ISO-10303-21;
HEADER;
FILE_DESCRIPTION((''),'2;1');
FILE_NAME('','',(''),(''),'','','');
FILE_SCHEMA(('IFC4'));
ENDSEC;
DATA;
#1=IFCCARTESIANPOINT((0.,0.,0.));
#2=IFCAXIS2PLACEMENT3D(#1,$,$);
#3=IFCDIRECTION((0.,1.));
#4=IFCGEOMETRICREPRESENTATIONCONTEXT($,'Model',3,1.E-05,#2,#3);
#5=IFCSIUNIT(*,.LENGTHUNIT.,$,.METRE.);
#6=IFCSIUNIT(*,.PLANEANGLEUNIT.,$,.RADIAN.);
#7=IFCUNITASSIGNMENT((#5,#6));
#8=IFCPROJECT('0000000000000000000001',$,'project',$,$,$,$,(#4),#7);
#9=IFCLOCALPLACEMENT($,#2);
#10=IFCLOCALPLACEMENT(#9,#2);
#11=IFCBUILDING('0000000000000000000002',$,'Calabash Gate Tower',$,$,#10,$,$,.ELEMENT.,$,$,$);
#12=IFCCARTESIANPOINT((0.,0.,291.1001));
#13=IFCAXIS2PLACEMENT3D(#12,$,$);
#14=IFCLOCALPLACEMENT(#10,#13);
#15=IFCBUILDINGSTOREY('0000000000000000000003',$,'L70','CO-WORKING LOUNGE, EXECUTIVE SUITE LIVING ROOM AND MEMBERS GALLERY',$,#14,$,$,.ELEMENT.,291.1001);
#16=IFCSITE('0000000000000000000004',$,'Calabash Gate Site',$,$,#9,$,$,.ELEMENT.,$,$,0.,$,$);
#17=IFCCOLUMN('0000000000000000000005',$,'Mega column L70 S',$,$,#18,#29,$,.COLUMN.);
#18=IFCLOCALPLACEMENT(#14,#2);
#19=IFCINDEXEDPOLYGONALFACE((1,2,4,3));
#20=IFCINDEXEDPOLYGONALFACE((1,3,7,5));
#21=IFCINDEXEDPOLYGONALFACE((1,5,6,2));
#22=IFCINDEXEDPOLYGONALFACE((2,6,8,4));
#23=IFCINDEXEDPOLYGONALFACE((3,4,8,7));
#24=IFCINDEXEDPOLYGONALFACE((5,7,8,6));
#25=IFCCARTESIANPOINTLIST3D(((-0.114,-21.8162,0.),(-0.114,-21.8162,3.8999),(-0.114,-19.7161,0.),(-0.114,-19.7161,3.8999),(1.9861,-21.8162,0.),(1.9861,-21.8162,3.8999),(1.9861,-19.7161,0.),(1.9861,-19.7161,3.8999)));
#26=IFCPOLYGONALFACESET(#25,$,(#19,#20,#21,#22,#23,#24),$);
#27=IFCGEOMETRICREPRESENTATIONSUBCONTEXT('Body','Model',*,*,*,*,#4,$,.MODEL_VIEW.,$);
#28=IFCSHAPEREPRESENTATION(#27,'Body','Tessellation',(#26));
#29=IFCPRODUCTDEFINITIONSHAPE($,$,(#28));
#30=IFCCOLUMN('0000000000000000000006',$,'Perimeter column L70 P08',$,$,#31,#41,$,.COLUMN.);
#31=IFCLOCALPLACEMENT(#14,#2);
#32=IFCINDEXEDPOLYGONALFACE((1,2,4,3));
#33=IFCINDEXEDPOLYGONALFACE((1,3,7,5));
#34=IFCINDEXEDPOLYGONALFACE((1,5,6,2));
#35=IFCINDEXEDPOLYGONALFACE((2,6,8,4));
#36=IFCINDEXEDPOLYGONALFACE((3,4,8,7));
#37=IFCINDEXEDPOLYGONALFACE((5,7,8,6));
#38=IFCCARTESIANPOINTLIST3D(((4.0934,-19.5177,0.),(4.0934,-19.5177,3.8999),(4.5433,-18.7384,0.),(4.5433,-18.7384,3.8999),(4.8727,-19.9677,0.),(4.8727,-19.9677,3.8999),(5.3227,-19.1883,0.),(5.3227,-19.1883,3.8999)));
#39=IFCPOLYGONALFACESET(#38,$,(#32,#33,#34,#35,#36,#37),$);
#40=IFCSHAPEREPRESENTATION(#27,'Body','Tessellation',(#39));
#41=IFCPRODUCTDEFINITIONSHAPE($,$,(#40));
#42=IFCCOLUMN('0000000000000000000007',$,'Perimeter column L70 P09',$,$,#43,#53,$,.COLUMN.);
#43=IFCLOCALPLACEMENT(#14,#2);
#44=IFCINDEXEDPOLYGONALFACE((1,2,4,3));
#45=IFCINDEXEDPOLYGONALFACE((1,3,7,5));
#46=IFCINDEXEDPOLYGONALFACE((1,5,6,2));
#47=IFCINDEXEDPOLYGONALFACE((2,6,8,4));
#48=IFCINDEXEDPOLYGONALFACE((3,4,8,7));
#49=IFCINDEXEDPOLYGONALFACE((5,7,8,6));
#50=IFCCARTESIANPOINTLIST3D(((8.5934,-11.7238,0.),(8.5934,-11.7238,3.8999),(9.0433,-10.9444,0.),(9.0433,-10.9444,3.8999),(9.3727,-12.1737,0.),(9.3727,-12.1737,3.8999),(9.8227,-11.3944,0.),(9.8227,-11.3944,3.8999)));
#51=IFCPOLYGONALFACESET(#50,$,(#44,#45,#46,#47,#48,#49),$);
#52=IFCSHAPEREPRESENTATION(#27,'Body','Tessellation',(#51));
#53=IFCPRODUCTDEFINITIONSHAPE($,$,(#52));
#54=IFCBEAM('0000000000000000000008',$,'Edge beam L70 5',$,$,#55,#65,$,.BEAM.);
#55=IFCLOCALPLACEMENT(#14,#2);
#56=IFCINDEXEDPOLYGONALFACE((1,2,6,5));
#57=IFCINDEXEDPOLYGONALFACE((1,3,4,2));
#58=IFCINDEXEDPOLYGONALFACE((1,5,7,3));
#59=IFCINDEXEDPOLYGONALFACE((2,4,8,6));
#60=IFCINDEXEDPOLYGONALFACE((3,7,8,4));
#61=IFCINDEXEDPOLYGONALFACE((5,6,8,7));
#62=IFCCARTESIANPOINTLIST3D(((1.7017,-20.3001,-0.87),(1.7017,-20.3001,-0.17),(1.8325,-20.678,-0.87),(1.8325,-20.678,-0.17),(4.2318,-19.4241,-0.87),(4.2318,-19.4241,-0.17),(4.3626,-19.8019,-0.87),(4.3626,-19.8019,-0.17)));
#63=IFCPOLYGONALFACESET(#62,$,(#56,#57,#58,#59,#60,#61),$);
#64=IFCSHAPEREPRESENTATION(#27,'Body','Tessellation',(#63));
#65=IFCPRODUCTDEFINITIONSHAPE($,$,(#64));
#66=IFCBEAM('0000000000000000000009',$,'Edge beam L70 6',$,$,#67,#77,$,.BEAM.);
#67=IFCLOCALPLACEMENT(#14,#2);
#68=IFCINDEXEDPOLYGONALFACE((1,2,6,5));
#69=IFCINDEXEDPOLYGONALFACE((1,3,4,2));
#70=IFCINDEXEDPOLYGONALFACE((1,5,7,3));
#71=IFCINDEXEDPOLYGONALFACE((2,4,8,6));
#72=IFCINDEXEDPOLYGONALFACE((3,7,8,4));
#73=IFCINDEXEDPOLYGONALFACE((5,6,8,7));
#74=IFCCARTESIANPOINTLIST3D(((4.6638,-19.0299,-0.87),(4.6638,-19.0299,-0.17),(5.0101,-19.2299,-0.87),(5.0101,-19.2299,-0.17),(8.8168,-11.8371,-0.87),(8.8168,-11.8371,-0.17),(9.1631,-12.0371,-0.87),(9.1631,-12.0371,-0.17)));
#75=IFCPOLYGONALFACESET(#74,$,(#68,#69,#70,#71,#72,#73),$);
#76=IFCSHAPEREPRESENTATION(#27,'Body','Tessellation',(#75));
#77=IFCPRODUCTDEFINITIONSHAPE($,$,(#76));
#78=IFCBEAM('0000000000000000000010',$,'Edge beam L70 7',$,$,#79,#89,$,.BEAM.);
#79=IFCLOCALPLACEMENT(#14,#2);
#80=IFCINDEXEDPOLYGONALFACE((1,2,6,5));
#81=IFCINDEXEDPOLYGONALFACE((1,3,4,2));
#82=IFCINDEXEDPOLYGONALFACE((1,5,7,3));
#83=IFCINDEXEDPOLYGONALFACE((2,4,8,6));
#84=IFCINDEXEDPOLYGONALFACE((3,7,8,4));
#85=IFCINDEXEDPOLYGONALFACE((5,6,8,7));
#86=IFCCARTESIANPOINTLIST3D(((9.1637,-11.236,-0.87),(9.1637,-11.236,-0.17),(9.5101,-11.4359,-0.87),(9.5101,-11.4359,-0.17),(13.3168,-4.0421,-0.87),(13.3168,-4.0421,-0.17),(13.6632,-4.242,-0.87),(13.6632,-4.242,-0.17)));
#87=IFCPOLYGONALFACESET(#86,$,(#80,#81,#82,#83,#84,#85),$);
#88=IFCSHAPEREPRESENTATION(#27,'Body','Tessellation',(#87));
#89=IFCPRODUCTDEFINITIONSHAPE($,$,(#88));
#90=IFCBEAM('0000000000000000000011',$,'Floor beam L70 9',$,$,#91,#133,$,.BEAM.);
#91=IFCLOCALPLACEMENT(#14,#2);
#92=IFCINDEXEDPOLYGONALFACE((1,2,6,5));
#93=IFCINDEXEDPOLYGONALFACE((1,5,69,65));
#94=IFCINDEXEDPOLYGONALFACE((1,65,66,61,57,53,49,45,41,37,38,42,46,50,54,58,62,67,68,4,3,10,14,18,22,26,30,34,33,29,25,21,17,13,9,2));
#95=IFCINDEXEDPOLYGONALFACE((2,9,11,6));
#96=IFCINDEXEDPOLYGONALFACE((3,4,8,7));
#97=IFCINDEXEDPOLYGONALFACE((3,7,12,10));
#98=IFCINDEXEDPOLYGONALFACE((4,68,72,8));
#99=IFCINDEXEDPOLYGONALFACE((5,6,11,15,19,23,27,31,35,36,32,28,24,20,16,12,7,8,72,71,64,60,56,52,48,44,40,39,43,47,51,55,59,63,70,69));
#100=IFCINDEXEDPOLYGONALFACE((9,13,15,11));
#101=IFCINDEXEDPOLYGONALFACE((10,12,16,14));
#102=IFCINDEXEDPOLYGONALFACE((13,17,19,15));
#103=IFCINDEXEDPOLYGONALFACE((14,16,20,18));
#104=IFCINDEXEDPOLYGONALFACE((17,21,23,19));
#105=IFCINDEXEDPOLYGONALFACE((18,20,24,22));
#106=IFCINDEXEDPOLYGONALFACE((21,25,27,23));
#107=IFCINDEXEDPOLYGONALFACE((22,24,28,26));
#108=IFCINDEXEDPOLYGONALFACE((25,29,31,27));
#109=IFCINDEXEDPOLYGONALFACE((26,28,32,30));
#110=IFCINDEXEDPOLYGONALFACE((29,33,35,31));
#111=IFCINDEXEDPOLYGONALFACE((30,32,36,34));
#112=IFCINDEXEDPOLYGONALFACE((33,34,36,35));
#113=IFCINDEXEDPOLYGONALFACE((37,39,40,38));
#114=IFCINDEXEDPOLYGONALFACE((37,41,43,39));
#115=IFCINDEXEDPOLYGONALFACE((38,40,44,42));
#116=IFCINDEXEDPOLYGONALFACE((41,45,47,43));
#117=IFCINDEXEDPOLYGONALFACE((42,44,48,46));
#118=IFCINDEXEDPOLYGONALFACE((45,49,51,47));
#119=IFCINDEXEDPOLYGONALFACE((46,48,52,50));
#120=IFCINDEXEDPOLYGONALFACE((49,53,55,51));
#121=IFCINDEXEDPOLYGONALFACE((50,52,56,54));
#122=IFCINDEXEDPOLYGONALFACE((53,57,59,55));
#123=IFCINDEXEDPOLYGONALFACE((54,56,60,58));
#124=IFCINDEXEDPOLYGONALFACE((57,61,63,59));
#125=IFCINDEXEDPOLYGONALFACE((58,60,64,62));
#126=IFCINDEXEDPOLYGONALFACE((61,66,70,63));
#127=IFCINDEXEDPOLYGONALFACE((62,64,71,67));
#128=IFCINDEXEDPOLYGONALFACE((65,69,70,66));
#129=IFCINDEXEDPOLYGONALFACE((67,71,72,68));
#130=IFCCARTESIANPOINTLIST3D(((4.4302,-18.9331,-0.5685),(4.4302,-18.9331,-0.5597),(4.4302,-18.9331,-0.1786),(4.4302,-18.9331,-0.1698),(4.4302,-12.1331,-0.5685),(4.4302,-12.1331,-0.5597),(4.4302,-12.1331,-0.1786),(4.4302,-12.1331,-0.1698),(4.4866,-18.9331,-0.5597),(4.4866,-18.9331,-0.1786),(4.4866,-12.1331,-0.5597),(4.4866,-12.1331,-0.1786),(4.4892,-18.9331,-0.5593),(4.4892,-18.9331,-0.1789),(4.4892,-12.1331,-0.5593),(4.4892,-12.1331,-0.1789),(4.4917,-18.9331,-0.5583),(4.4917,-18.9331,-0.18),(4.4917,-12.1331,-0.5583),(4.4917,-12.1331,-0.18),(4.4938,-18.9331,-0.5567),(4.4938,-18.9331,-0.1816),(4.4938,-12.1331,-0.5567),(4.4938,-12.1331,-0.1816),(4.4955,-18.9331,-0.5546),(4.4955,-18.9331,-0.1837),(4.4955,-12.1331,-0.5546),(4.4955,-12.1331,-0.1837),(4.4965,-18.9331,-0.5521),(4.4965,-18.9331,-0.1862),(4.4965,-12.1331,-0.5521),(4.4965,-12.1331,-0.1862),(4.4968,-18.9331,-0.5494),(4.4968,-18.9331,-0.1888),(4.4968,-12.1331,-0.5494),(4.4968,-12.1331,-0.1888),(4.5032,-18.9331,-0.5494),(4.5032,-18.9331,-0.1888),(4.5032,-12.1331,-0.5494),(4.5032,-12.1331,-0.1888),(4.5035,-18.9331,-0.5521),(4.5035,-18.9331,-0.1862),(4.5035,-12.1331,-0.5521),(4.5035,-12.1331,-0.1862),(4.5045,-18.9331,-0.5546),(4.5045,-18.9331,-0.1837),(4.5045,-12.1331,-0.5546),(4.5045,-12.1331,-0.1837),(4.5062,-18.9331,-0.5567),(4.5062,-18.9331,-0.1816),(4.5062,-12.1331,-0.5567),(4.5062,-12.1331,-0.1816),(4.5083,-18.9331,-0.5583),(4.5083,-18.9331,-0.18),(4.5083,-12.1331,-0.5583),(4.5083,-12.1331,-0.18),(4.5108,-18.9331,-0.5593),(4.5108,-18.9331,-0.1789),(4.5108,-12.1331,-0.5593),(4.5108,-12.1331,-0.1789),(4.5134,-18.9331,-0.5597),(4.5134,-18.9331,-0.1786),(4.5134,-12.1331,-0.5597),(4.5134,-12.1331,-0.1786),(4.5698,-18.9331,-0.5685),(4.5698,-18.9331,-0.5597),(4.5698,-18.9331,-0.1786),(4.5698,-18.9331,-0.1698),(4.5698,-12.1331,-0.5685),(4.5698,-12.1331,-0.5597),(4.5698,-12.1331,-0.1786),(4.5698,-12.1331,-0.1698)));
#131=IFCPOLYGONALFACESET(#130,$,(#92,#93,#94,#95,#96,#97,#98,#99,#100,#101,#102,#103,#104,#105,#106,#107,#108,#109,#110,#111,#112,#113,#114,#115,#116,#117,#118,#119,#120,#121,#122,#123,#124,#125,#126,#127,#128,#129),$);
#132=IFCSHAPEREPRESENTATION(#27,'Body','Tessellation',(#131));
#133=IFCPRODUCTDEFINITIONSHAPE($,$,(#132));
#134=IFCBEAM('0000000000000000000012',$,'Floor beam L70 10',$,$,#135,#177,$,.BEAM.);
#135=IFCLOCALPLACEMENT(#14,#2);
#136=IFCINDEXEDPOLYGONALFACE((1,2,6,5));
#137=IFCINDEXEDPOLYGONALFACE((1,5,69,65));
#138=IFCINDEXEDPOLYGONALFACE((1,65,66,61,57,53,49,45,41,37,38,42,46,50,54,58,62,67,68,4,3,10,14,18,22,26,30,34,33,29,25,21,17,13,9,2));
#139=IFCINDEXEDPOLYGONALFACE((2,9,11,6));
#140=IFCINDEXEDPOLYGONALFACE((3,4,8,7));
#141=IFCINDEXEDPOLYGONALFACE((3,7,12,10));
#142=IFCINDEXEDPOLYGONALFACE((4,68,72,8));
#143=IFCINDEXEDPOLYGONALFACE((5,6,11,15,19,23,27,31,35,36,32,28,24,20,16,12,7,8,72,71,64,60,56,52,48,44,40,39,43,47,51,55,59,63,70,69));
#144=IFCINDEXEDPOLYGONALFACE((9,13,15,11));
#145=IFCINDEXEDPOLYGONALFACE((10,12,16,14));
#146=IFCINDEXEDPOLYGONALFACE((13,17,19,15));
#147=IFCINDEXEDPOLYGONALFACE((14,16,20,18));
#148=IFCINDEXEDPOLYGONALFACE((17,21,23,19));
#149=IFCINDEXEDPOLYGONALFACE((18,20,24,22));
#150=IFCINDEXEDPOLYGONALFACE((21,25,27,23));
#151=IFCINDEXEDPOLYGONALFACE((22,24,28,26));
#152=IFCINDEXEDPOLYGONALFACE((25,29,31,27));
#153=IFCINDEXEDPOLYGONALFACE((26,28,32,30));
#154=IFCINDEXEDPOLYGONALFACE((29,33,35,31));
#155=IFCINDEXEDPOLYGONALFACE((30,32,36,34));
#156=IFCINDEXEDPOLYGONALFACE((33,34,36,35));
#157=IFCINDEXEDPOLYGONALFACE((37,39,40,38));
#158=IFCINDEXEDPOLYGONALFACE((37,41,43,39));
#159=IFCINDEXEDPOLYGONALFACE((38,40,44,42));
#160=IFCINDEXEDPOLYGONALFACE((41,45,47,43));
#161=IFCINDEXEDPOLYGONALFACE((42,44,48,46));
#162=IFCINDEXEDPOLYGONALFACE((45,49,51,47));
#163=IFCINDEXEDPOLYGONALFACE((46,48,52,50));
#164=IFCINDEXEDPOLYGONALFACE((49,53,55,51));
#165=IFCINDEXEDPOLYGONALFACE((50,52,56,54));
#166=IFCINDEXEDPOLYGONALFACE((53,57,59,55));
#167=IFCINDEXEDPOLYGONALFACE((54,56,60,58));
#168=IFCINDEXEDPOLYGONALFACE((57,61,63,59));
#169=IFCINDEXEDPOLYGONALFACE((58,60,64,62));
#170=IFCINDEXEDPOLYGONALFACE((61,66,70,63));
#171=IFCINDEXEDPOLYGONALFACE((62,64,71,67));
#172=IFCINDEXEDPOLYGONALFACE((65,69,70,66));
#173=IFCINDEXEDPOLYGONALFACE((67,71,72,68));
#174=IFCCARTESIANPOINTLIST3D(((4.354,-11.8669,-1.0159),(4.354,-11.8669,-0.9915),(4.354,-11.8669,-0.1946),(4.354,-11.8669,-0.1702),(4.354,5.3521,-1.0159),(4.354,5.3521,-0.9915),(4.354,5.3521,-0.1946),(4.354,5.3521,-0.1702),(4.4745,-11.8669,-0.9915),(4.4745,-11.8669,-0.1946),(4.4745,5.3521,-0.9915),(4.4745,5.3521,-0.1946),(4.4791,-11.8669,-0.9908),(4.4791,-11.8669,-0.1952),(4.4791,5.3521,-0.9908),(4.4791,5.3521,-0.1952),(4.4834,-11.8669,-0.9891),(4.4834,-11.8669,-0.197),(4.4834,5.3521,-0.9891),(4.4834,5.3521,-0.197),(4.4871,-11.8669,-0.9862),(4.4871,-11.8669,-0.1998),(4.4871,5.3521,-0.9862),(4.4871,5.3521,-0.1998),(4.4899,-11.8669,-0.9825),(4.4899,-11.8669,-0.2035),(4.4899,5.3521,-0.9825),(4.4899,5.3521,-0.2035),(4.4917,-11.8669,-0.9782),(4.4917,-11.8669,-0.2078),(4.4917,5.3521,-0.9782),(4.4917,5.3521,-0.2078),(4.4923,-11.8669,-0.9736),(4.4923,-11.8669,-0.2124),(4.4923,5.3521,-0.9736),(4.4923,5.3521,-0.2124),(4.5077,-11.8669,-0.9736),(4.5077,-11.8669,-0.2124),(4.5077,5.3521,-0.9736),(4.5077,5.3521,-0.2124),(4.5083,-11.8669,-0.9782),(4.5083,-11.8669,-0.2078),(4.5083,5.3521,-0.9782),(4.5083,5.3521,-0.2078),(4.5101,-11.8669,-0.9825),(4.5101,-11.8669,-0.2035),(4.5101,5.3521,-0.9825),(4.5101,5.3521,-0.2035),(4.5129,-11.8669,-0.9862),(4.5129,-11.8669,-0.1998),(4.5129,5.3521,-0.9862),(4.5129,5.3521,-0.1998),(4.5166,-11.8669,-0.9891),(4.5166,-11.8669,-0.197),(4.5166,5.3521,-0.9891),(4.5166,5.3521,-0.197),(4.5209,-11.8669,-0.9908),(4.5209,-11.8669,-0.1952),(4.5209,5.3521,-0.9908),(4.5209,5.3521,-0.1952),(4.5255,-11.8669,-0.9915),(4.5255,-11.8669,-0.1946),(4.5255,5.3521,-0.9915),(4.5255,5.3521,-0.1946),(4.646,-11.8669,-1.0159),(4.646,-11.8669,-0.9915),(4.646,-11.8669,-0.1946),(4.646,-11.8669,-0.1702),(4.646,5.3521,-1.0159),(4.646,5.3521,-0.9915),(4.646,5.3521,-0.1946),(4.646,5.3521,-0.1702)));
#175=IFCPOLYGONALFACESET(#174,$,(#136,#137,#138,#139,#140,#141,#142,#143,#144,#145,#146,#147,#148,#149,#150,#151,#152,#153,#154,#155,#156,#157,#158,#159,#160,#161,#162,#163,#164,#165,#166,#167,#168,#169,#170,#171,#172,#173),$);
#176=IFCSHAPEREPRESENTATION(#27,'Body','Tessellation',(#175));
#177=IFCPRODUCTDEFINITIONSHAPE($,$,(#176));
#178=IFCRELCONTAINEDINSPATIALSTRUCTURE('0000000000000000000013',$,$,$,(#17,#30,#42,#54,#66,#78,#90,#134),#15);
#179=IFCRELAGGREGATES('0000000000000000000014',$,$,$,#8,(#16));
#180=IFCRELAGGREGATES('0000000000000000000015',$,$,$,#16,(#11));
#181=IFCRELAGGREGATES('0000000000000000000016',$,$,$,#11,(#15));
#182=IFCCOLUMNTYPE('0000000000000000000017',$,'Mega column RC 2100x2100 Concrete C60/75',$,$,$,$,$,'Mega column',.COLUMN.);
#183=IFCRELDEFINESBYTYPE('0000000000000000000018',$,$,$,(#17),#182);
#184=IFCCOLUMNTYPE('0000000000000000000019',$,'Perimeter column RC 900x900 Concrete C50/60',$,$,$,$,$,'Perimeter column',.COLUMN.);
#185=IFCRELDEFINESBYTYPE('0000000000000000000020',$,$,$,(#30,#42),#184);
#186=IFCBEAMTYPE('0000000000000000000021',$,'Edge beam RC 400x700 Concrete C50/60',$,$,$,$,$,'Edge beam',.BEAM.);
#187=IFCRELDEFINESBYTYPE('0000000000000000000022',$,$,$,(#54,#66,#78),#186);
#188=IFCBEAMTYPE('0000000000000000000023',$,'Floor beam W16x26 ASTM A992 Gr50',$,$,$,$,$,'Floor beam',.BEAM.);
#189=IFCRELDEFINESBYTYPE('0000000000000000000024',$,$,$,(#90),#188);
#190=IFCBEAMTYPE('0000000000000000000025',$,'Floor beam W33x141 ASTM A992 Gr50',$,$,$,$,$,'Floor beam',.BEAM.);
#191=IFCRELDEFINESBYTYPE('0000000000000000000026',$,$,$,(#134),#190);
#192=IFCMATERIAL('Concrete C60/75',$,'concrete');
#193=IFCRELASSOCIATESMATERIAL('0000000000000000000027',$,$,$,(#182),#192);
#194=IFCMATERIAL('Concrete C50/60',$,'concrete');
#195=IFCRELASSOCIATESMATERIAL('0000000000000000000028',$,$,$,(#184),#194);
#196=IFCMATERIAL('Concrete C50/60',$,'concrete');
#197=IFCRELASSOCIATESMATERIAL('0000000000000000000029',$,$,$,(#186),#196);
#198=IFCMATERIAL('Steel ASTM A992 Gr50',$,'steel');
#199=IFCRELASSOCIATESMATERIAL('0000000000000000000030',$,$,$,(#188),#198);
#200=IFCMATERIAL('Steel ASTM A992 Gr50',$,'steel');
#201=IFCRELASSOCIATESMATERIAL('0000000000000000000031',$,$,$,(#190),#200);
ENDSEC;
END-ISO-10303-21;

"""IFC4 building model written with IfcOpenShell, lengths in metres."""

from ifc_helpers import new_model, si_unit, direction, frame, origin, origin_2d, place, context, subcontext, project, spatial, rectangle, i_section, extrude, material, material_profile, profile_set, type_object, element, save


model = new_model("IFC4")

# Units and contexts
model_context = context("Model", 3, precision=1e-05, world=origin(), true_north=direction((0.0, 1.0)))
body_context = subcontext(model_context, "Body", "Model", "MODEL_VIEW")
ifc_project = project(units=[si_unit("LENGTHUNIT", "METRE"), si_unit("PLANEANGLEUNIT", "RADIAN")], contexts=[model_context])

# Site, building, storey
site_placement = place(None, origin())
site = spatial("IfcSite", under=ifc_project, at=site_placement, Name="Calabash Gate Site", CompositionType="ELEMENT", RefElevation=0.0)
building_placement = place(site_placement, origin())
building = spatial("IfcBuilding", under=site, at=building_placement, Name="Calabash Gate Tower", CompositionType="ELEMENT")
storey_placement = place(building_placement, frame((0.0, 0.0, 291.1001)))
storey = spatial("IfcBuildingStorey", under=building, at=storey_placement, Name="L70", Description="CO-WORKING LOUNGE, EXECUTIVE SUITE LIVING ROOM AND MEMBERS GALLERY", CompositionType="ELEMENT", Elevation=291.1001)

# Columns
ifc_material_1 = material(Name="Concrete C60/75", Category="concrete")
ifc_material_profile_1 = material_profile(ifc_material_1, rectangle(XDim=2.1001, YDim=2.1001, at=origin_2d()))
ifc_profile_set_1 = profile_set([ifc_material_profile_1], Name="Concrete C60/75")
column_type_1 = type_object("IfcColumnType", Name="Mega column RC 2100x2100 Concrete C60/75", ElementType="Mega column", PredefinedType="COLUMN", material=ifc_profile_set_1)
column_placement = place(storey_placement, frame((0.936, -20.7661, 0.0), z_axis=(0.0, 0.0, 1.0), x_axis=(0.0, 1.0, 0.0)))
element("IfcColumn", 1, at=column_placement, inside=storey, type_object=column_type_1, Name="Mega column L70 S", PredefinedType="COLUMN", context=body_context, shape_type="SweptSolid", body=[
    extrude(rectangle(XDim=2.1001, YDim=2.1001, at=origin_2d()), origin(), (0.0, 0.0, 1.0), 3.8999),
])
ifc_material_2 = material(Name="Concrete C50/60", Category="concrete")
ifc_material_profile_2 = material_profile(ifc_material_2, rectangle(XDim=0.8999, YDim=0.8999, at=origin_2d()))
ifc_profile_set_2 = profile_set([ifc_material_profile_2], Name="Concrete C50/60")
column_type_2 = type_object("IfcColumnType", Name="Perimeter column RC 900x900 Concrete C50/60", ElementType="Perimeter column", PredefinedType="COLUMN", material=ifc_profile_set_2)
for number, where, z_axis, x_axis, name in (
    (2, (4.708, -19.353, 0.0), (0.0, 0.0, 1.0), (0.5, 0.866025, 0.0), "Perimeter column L70 P08"),
    (3, (9.208, -11.5591, 0.0), (0.0, 0.0, 1.0), (0.5, 0.866025, 0.0), "Perimeter column L70 P09"),
):
    element("IfcColumn", number, at=place(storey_placement, frame(where, z_axis=z_axis, x_axis=x_axis)), inside=storey, type_object=column_type_2, Name=name, PredefinedType="COLUMN", context=body_context, shape_type="SweptSolid", body=[
        extrude(rectangle(XDim=0.8999, YDim=0.8999, at=origin_2d()), origin(), (0.0, 0.0, 1.0), 3.8999),
    ])

# Beams
ifc_material_3 = material(Name="Concrete C50/60", Category="concrete")
ifc_material_profile_3 = material_profile(ifc_material_3, rectangle(XDim=0.3999, YDim=0.7, at=origin_2d()))
ifc_profile_set_3 = profile_set([ifc_material_profile_3], Name="Concrete C50/60")
beam_type_1 = type_object("IfcBeamType", Name="Edge beam RC 400x700 Concrete C50/60", ElementType="Edge beam", PredefinedType="BEAM", material=ifc_profile_set_3)
beam_1_placement = place(storey_placement, frame((1.7671, -20.489, -0.52), z_axis=(0.944963, 0.327176, 0.0), x_axis=(-0.327176, 0.944963, 0.0)))
element("IfcBeam", 4, at=beam_1_placement, inside=storey, type_object=beam_type_1, Name="Edge beam L70 5", PredefinedType="BEAM", context=body_context, shape_type="SweptSolid", body=[
    extrude(rectangle(XDim=0.3999, YDim=0.7, at=origin_2d()), origin(), (0.0, 0.0, 1.0), 2.6775),
])
beam_2_placement = place(storey_placement, frame((4.8369, -19.1299, -0.52), z_axis=(0.500024, 0.866011, 0.0), x_axis=(-0.866011, 0.500024, 0.0)))
element("IfcBeam", 5, at=beam_2_placement, inside=storey, type_object=beam_type_1, Name="Edge beam L70 6", PredefinedType="BEAM", context=body_context, shape_type="SweptSolid", body=[
    extrude(rectangle(XDim=0.3999, YDim=0.7, at=origin_2d()), origin(), (0.0, 0.0, 1.0), 8.3057),
])
beam_3_placement = place(storey_placement, frame((9.3369, -11.3359, -0.52), z_axis=(0.499973, 0.866041, 0.0), x_axis=(-0.866041, 0.499973, 0.0)))
element("IfcBeam", 6, at=beam_3_placement, inside=storey, type_object=beam_type_1, Name="Edge beam L70 7", PredefinedType="BEAM", context=body_context, shape_type="SweptSolid", body=[
    extrude(rectangle(XDim=0.3999, YDim=0.7, at=origin_2d()), origin(), (0.0, 0.0, 1.0), 8.3066),
])
ifc_material_4 = material(Name="Steel ASTM A992 Gr50", Category="steel")
ifc_material_profile_4 = material_profile(ifc_material_4, i_section(OverallWidth=0.1396, OverallDepth=0.3987, WebThickness=0.0063, FlangeThickness=0.0088, FilletRadius=0.0103, at=origin_2d()))
ifc_profile_set_4 = profile_set([ifc_material_profile_4], Name="Steel ASTM A992 Gr50")
beam_type_2 = type_object("IfcBeamType", Name="Floor beam W16x26 ASTM A992 Gr50", ElementType="Floor beam", PredefinedType="BEAM", material=ifc_profile_set_4)
beam_4_placement = place(storey_placement, frame((4.5, -18.9331, -0.3691), z_axis=(0.0, 1.0, 0.0), x_axis=(-1.0, 0.0, 0.0)))
element("IfcBeam", 7, at=beam_4_placement, inside=storey, type_object=beam_type_2, Name="Floor beam L70 9", PredefinedType="BEAM", context=body_context, shape_type="SweptSolid", body=[
    extrude(i_section(OverallWidth=0.1396, OverallDepth=0.3987, WebThickness=0.0063, FlangeThickness=0.0088, FilletRadius=0.0103, at=origin_2d()), origin(), (0.0, 0.0, 1.0), 6.8),
])
ifc_material_5 = material(Name="Steel ASTM A992 Gr50", Category="steel")
ifc_material_profile_5 = material_profile(ifc_material_5, i_section(OverallWidth=0.292, OverallDepth=0.8457, WebThickness=0.0154, FlangeThickness=0.0244, FilletRadius=0.0178, at=origin_2d()))
ifc_profile_set_5 = profile_set([ifc_material_profile_5], Name="Steel ASTM A992 Gr50")
beam_type_3 = type_object("IfcBeamType", Name="Floor beam W33x141 ASTM A992 Gr50", ElementType="Floor beam", PredefinedType="BEAM", material=ifc_profile_set_5)
beam_5_placement = place(storey_placement, frame((4.5, -11.8669, -0.593), z_axis=(0.0, 1.0, 0.0), x_axis=(-1.0, 0.0, 0.0)))
element("IfcBeam", 8, at=beam_5_placement, inside=storey, type_object=beam_type_3, Name="Floor beam L70 10", PredefinedType="BEAM", context=body_context, shape_type="SweptSolid", body=[
    extrude(i_section(OverallWidth=0.292, OverallDepth=0.8457, WebThickness=0.0154, FlangeThickness=0.0244, FilletRadius=0.0178, at=origin_2d()), origin(), (0.0, 0.0, 1.0), 17.219),
])

save(model, "model.ifc")
